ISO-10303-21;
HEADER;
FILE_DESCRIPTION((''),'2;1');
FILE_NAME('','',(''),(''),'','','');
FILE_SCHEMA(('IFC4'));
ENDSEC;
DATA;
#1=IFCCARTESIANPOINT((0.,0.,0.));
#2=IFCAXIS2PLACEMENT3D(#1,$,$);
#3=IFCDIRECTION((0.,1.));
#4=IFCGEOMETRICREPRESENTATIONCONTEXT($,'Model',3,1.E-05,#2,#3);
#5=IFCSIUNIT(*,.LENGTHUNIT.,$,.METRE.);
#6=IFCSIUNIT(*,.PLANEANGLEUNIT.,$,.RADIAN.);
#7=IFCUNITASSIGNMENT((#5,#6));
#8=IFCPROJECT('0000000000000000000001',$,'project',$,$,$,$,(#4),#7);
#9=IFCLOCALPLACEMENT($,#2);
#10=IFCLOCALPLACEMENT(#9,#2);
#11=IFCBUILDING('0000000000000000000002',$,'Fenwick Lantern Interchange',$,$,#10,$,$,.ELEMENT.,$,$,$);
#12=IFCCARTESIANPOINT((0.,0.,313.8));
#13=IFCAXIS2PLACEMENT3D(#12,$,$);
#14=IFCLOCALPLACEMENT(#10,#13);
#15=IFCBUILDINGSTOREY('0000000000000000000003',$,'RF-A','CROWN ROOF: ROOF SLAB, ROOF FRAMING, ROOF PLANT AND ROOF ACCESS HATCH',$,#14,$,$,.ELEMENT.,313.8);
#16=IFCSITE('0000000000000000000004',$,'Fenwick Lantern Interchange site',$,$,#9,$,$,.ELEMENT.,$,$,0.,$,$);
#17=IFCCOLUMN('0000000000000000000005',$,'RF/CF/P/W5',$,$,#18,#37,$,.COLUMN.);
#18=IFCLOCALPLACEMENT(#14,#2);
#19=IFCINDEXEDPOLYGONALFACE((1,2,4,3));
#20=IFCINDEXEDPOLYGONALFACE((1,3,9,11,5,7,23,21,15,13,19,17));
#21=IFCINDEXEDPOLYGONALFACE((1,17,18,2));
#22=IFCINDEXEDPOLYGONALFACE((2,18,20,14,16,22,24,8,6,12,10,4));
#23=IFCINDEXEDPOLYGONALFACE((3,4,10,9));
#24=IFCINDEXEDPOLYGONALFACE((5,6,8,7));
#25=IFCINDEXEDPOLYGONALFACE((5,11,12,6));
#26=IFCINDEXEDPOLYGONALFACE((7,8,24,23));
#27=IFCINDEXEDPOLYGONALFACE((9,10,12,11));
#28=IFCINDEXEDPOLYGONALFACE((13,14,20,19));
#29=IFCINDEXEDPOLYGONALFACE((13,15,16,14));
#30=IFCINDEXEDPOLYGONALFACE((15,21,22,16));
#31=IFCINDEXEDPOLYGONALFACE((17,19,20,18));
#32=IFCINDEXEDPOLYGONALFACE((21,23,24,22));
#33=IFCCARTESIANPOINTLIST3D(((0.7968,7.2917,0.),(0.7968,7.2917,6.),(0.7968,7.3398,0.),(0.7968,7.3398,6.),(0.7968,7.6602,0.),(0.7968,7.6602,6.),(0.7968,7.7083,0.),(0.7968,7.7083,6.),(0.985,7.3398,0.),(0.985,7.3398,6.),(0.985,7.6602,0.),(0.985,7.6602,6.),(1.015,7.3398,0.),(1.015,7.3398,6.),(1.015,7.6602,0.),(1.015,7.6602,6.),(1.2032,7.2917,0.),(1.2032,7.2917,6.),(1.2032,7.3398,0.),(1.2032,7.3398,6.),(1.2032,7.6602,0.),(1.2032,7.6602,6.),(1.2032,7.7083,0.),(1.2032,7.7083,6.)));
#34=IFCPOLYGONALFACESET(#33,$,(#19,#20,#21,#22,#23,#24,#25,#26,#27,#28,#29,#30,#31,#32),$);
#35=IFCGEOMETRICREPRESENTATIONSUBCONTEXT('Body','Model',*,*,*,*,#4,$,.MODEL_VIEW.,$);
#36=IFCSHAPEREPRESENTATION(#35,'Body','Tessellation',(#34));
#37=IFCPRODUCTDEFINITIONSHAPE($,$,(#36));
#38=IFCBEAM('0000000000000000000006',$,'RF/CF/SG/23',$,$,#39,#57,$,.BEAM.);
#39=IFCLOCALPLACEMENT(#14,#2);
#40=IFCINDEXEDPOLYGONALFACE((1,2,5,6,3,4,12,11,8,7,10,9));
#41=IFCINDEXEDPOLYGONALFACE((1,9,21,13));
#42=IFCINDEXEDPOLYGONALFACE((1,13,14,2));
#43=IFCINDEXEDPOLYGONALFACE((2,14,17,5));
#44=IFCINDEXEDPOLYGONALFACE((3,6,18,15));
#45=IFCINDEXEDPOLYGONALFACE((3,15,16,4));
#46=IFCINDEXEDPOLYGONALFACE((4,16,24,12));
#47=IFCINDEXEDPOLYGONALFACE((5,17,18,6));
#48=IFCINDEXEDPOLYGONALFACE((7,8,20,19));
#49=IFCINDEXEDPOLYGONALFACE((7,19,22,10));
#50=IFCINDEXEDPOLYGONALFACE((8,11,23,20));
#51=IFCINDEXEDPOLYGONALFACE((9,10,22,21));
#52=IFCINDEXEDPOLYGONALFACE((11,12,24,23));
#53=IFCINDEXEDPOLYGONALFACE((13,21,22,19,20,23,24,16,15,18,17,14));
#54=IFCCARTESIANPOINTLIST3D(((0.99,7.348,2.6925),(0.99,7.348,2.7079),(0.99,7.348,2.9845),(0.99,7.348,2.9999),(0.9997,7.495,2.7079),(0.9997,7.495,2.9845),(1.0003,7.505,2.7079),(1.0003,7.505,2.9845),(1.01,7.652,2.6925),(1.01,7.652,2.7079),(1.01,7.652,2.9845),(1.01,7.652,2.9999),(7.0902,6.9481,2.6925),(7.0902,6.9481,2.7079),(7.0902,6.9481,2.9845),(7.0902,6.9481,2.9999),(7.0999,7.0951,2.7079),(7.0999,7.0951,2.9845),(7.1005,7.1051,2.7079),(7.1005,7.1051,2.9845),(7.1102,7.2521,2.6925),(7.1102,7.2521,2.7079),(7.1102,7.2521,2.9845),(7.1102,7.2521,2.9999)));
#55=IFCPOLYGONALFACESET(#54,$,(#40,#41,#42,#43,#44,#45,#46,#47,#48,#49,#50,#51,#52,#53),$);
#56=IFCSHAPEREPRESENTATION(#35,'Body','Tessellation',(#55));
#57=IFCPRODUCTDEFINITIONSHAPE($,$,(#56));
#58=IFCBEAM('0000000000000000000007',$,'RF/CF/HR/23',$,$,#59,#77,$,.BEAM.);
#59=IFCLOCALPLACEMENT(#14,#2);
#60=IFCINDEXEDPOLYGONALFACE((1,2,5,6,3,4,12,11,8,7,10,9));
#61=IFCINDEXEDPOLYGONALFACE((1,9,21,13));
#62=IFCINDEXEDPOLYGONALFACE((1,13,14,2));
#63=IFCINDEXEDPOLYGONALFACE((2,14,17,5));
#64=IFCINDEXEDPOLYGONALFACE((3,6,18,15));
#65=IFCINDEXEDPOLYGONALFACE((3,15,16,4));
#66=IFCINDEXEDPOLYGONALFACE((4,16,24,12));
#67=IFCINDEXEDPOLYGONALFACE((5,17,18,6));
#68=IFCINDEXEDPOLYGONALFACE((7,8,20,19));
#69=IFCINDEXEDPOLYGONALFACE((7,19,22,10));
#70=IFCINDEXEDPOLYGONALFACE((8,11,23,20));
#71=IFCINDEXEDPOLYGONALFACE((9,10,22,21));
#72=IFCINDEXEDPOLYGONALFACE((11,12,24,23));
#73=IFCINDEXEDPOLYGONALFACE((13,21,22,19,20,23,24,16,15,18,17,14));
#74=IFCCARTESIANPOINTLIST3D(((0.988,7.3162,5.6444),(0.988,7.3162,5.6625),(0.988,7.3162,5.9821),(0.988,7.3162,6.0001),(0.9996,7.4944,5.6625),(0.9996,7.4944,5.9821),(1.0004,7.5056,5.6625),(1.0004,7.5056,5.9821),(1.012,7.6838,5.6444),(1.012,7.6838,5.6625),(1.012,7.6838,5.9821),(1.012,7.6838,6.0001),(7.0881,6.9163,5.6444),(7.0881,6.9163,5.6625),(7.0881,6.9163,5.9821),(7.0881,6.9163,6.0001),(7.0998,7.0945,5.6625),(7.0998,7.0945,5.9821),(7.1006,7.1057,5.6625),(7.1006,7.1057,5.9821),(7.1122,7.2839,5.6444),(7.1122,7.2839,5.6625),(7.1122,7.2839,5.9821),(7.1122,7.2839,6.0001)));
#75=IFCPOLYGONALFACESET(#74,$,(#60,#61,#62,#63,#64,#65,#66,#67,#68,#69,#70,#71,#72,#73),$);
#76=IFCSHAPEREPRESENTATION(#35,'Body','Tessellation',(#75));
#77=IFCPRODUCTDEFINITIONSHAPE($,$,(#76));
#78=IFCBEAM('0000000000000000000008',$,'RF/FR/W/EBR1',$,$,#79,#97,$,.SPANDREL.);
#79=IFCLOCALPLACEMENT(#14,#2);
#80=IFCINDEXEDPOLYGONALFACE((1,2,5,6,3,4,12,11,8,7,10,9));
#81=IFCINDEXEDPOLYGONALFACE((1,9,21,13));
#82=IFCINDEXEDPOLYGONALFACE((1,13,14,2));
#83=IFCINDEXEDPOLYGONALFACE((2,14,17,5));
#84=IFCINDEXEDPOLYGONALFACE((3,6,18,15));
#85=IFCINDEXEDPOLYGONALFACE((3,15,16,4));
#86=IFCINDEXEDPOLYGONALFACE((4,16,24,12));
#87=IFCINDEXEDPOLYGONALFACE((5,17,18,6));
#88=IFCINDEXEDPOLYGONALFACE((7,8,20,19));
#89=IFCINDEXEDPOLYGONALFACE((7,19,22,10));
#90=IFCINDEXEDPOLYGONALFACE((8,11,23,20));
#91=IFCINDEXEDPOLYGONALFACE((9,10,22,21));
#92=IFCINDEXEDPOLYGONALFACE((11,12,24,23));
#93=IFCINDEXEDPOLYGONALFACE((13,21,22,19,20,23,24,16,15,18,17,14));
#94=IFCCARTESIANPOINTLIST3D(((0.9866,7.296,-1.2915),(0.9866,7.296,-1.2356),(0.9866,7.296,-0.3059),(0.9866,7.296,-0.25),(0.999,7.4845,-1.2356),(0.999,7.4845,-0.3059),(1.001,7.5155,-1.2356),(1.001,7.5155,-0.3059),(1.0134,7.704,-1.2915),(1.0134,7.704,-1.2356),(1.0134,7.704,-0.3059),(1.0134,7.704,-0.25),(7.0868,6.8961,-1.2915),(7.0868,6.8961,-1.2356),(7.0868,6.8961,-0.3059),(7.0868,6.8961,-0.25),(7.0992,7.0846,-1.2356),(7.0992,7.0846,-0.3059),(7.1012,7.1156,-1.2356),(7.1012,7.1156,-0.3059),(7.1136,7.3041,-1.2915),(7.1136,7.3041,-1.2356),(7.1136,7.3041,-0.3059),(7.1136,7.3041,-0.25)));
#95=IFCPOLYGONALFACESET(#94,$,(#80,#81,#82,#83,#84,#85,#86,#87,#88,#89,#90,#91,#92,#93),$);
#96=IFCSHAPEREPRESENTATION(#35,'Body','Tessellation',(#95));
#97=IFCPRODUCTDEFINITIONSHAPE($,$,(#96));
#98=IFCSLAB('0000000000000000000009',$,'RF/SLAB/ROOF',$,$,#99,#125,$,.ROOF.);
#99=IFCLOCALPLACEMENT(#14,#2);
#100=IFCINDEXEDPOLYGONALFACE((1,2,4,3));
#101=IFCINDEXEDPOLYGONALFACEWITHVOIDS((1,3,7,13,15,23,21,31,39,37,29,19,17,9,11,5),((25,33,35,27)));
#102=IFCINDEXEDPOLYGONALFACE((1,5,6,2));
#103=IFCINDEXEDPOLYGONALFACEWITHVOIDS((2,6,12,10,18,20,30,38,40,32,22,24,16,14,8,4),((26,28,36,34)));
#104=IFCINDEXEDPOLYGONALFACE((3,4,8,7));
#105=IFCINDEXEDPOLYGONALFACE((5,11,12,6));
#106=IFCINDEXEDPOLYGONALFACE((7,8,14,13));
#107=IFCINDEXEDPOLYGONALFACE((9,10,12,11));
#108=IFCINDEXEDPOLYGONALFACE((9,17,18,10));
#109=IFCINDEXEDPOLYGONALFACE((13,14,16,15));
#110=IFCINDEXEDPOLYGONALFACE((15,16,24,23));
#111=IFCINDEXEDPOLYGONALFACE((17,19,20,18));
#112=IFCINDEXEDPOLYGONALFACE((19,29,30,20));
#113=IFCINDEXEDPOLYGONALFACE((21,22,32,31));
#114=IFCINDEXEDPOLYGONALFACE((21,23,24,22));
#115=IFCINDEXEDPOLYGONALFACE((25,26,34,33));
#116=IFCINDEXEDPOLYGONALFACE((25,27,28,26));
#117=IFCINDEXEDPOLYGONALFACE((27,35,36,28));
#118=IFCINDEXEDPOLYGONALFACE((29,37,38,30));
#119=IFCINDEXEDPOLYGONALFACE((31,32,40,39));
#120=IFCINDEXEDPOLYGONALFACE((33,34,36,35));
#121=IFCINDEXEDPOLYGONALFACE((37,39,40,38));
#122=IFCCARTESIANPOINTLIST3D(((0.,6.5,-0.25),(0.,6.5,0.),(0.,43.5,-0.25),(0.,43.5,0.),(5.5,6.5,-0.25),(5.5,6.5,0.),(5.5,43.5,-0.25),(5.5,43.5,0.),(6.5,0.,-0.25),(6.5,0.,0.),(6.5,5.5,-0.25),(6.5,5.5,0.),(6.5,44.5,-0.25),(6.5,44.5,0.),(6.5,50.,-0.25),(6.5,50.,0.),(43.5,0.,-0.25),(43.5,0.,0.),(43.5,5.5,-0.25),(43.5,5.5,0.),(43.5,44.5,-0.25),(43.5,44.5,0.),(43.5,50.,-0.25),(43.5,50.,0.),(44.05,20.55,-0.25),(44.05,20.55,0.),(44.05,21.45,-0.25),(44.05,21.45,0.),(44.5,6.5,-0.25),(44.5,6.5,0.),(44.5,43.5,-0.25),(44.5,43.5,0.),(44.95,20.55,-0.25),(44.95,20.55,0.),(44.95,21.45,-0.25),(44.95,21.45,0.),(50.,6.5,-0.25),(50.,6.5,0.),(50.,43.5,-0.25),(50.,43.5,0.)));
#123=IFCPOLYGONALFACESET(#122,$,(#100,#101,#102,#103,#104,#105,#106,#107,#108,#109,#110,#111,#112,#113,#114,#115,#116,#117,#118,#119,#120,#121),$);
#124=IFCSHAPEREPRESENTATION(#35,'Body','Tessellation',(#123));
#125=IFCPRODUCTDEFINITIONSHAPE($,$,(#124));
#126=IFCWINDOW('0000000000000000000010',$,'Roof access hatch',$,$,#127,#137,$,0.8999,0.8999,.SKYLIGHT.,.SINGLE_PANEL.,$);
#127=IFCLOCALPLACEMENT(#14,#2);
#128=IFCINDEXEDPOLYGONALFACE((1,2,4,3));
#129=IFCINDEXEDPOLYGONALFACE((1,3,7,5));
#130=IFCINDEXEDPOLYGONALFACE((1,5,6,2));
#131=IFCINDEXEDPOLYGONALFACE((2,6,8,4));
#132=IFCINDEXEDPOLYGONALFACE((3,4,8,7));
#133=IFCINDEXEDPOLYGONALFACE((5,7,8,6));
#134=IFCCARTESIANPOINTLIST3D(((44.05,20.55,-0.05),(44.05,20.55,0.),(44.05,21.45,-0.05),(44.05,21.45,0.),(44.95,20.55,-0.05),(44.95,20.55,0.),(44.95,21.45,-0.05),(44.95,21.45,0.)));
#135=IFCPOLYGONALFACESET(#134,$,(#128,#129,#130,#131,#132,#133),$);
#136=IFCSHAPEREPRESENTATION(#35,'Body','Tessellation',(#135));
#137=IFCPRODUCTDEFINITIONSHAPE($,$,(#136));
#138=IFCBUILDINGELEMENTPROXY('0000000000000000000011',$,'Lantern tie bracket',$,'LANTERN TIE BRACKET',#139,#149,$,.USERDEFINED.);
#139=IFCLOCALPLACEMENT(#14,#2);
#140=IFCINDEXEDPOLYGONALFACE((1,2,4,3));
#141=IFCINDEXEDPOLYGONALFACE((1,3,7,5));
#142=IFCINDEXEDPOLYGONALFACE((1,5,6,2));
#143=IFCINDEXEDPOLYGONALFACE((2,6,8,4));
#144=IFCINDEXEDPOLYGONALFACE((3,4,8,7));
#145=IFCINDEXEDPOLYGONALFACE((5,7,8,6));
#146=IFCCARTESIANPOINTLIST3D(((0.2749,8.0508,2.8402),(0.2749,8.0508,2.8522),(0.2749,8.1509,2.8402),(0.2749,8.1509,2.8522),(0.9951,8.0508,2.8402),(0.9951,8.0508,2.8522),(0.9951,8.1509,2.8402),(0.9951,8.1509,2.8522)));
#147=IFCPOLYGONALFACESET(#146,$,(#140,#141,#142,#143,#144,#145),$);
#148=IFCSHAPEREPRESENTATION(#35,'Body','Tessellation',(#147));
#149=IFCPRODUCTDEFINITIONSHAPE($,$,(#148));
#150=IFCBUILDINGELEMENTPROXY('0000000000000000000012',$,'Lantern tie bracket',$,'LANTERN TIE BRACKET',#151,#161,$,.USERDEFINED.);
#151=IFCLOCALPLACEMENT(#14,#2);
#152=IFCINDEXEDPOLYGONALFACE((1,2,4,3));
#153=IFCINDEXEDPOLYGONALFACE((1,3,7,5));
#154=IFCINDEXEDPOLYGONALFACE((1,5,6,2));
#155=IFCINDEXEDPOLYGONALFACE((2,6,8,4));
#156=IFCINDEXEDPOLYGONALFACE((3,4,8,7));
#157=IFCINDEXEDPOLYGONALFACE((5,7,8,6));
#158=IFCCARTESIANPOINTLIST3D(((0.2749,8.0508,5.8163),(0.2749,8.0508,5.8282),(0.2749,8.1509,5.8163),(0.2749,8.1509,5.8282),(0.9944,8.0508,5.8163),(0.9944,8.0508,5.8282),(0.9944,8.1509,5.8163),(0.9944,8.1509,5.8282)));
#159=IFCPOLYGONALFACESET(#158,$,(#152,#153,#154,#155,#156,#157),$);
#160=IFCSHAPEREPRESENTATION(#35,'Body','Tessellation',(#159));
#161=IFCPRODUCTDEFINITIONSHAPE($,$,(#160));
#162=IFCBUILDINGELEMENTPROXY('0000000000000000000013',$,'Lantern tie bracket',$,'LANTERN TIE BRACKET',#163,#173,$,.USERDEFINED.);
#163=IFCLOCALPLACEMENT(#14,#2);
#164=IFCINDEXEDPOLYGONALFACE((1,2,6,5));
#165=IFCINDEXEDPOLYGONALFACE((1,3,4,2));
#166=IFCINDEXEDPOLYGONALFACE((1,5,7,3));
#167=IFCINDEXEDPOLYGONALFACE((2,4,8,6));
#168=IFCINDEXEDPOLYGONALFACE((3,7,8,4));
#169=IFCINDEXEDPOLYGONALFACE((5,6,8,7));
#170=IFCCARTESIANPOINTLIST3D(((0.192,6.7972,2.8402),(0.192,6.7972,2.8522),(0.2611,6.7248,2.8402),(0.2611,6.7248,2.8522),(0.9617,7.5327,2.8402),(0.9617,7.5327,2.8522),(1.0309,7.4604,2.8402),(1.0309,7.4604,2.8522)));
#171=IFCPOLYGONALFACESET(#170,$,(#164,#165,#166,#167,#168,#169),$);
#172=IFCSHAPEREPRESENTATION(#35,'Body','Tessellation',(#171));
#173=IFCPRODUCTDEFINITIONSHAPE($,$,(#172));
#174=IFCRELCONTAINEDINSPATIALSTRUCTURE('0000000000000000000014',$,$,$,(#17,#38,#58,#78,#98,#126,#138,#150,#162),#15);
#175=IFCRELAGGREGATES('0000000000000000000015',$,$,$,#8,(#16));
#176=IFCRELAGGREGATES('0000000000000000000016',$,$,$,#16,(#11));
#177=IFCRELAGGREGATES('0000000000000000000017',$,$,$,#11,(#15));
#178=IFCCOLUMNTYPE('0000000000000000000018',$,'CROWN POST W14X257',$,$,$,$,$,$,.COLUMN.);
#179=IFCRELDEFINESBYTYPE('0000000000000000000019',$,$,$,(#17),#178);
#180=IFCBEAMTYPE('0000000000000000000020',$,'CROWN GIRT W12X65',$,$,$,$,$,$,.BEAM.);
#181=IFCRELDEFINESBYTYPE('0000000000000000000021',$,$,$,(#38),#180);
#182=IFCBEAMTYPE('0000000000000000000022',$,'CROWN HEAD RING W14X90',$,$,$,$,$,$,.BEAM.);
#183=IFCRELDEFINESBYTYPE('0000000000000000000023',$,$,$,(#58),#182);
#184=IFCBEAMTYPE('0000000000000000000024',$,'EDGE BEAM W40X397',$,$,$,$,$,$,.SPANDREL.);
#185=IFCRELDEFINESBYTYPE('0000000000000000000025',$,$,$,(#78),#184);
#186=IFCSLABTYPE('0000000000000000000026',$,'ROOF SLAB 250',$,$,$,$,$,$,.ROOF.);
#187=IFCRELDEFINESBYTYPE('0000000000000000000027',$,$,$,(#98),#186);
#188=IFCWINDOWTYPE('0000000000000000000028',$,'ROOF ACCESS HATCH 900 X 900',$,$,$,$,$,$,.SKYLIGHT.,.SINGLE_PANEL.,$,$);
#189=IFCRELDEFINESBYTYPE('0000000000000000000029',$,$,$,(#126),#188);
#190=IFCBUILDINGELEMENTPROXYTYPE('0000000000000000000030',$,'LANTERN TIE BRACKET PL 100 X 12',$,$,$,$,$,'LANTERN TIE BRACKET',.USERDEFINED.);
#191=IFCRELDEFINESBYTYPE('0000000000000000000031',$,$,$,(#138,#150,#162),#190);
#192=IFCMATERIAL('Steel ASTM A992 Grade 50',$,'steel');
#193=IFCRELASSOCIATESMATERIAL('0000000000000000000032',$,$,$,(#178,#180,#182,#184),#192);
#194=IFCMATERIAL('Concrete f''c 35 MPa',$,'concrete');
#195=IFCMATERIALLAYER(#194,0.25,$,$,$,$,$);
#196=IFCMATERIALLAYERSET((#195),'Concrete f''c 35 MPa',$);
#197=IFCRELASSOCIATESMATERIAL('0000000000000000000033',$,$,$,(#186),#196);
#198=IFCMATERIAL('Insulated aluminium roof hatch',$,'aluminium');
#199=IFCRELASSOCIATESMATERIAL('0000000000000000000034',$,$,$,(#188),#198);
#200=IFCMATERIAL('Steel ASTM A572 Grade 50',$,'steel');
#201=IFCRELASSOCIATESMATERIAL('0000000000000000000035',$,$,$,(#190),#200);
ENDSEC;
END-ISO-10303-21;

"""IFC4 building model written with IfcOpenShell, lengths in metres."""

from ifc_helpers import new_model, si_unit, direction, frame, origin, origin_2d, place, context, subcontext, project, spatial, polyline, rectangle, i_section, outline, extrude, material, layer, layer_set, material_profile, profile_set, type_object, element, fill, save


model = new_model("IFC4")

# Units and contexts
model_context = context("Model", 3, precision=1e-05, world=origin(), true_north=direction((0.0, 1.0)))
body_context = subcontext(model_context, "Body", "Model", "MODEL_VIEW")
ifc_project = project(units=[si_unit("LENGTHUNIT", "METRE"), si_unit("PLANEANGLEUNIT", "RADIAN")], contexts=[model_context])

# Site, building, storey
site_placement = place(None, origin())
site = spatial("IfcSite", under=ifc_project, at=site_placement, Name="Fenwick Lantern Interchange site", CompositionType="ELEMENT", RefElevation=0.0)
building_placement = place(site_placement, origin())
building = spatial("IfcBuilding", under=site, at=building_placement, Name="Fenwick Lantern Interchange", CompositionType="ELEMENT")
storey_placement = place(building_placement, frame((0.0, 0.0, 313.8)))
storey = spatial("IfcBuildingStorey", under=building, at=storey_placement, Name="RF-A", Description="CROWN ROOF: ROOF SLAB, ROOF FRAMING, ROOF PLANT AND ROOF ACCESS HATCH", CompositionType="ELEMENT", Elevation=313.8)

# Column
ifc_material_1 = material(Name="Steel ASTM A992 Grade 50", Category="steel")
ifc_material_profile_1 = material_profile(ifc_material_1, i_section(OverallWidth=0.4065, OverallDepth=0.4165, WebThickness=0.03, FlangeThickness=0.0481, at=origin_2d()), Name="W14X257")
ifc_profile_set_1 = profile_set([ifc_material_profile_1], Name="Steel ASTM A992 Grade 50")
column_type = type_object("IfcColumnType", Name="CROWN POST W14X257", PredefinedType="COLUMN", material=ifc_profile_set_1)
column_placement = place(storey_placement, frame((1.0, 7.5, 0.0), z_axis=(0.0, 0.0, 1.0), x_axis=(1.0, 0.0, 0.0)))
element("IfcColumn", 1, at=column_placement, inside=storey, type_object=column_type, Name="RF/CF/P/W5", PredefinedType="COLUMN", context=body_context, shape_type="SweptSolid", body=[
    extrude(i_section(OverallWidth=0.4065, OverallDepth=0.4165, WebThickness=0.03, FlangeThickness=0.0481, at=origin_2d()), origin(), (0.0, 0.0, 1.0), 6.0),
])

# Beams
ifc_material_profile_2 = material_profile(ifc_material_1, i_section(OverallWidth=0.3047, OverallDepth=0.3074, WebThickness=0.01, FlangeThickness=0.0154, at=origin_2d()), Name="W12X65")
ifc_profile_set_2 = profile_set([ifc_material_profile_2], Name="Steel ASTM A992 Grade 50")
beam_type_1 = type_object("IfcBeamType", Name="CROWN GIRT W12X65", PredefinedType="BEAM", material=ifc_profile_set_2)
beam_1_placement = place(storey_placement, frame((1.0, 7.5, 2.8462), z_axis=(0.997858, -0.065416, 0.0), x_axis=(0.065416, 0.997858, 0.0)))
element("IfcBeam", 2, at=beam_1_placement, inside=storey, type_object=beam_type_1, Name="RF/CF/SG/23", PredefinedType="BEAM", context=body_context, shape_type="SweptSolid", body=[
    extrude(i_section(OverallWidth=0.3047, OverallDepth=0.3074, WebThickness=0.01, FlangeThickness=0.0154, at=origin_2d()), origin(), (0.0, 0.0, 1.0), 6.1133),
])
ifc_material_profile_3 = material_profile(ifc_material_1, i_section(OverallWidth=0.3684, OverallDepth=0.3557, WebThickness=0.0112, FlangeThickness=0.0181, at=origin_2d()), Name="W14X90")
ifc_profile_set_3 = profile_set([ifc_material_profile_3], Name="Steel ASTM A992 Grade 50")
beam_type_2 = type_object("IfcBeamType", Name="CROWN HEAD RING W14X90", PredefinedType="BEAM", material=ifc_profile_set_3)
beam_2_placement = place(storey_placement, frame((1.0, 7.5, 5.8223), z_axis=(0.997858, -0.065416, 0.0), x_axis=(0.065416, 0.997858, 0.0)))
element("IfcBeam", 3, at=beam_2_placement, inside=storey, type_object=beam_type_2, Name="RF/CF/HR/23", PredefinedType="BEAM", context=body_context, shape_type="SweptSolid", body=[
    extrude(i_section(OverallWidth=0.3684, OverallDepth=0.3557, WebThickness=0.0112, FlangeThickness=0.0181, at=origin_2d()), origin(), (0.0, 0.0, 1.0), 6.1133),
])
ifc_material_profile_4 = material_profile(ifc_material_1, i_section(OverallWidth=0.4089, OverallDepth=1.0415, WebThickness=0.031, FlangeThickness=0.0559, at=origin_2d()), Name="W40X397")
ifc_profile_set_4 = profile_set([ifc_material_profile_4], Name="Steel ASTM A992 Grade 50")
beam_type_3 = type_object("IfcBeamType", Name="EDGE BEAM W40X397", PredefinedType="SPANDREL", material=ifc_profile_set_4)
beam_3_placement = place(storey_placement, frame((1.0, 7.5, -0.7708), z_axis=(0.997858, -0.065416, 0.0), x_axis=(0.065416, 0.997858, 0.0)))
element("IfcBeam", 4, at=beam_3_placement, inside=storey, type_object=beam_type_3, Name="RF/FR/W/EBR1", PredefinedType="SPANDREL", context=body_context, shape_type="SweptSolid", body=[
    extrude(i_section(OverallWidth=0.4089, OverallDepth=1.0415, WebThickness=0.031, FlangeThickness=0.0559, at=origin_2d()), origin(), (0.0, 0.0, 1.0), 6.1133),
])

# Slab, opening, window
ifc_material_2 = material(Name="Concrete f'c 35 MPa", Category="concrete")
ifc_layer = layer(ifc_material_2, 0.25)
ifc_layer_set = layer_set([ifc_layer], Name="Concrete f'c 35 MPa")
slab_type = type_object("IfcSlabType", Name="ROOF SLAB 250", PredefinedType="ROOF", material=ifc_layer_set)
slab_placement = place(storey_placement, frame((0.0, 0.0, -0.25)))
slab = element("IfcSlab", 5, at=slab_placement, inside=storey, type_object=slab_type, Name="RF/SLAB/ROOF", PredefinedType="ROOF", context=body_context, shape_type="SweptSolid", body=[
    extrude(outline(polyline([(6.5, 0.0), (43.5, 0.0), (43.5, 5.5), (44.5, 6.5), (50.0, 6.5), (50.0, 43.5), (44.5, 43.5), (43.5, 44.5), (43.5, 50.0), (6.5, 50.0), (6.5, 44.5), (5.5, 43.5), (0.0, 43.5), (0.0, 6.5), (5.5, 6.5), (6.5, 5.5), (6.5, 0.0)])), origin(), (0.0, 0.0, 1.0), 0.25),
])
opening_placement = place(slab_placement, frame((44.5, 21.0, 0.0)))
opening = element("IfcOpeningElement", 6, at=opening_placement, cuts=slab, PredefinedType="OPENING", context=body_context, shape_type="SweptSolid", body=[
    extrude(rectangle(XDim=0.8999, YDim=0.8999, at=origin_2d()), origin(), (0.0, 0.0, 1.0), 0.25),
])
ifc_material_3 = material(Name="Insulated aluminium roof hatch", Category="aluminium")
window_type = type_object("IfcWindowType", Name="ROOF ACCESS HATCH 900 X 900", PartitioningType="SINGLE_PANEL", PredefinedType="SKYLIGHT", material=ifc_material_3)
window_placement = place(opening_placement, frame((0.0, 0.0, 0.2)))
window = element("IfcWindow", 7, at=window_placement, inside=storey, type_object=window_type, Name="Roof access hatch", OverallHeight=0.8999, OverallWidth=0.8999, PartitioningType="SINGLE_PANEL", PredefinedType="SKYLIGHT", context=body_context, shape_type="SweptSolid", body=[
    extrude(rectangle(XDim=0.8999, YDim=0.8999, at=origin_2d()), origin(), (0.0, 0.0, 1.0), 0.05),
])
fill(opening, window)

# Building element proxies
ifc_material_4 = material(Name="Steel ASTM A572 Grade 50", Category="steel")
ifc_material_profile_5 = material_profile(ifc_material_4, rectangle(XDim=0.1001, YDim=0.012, at=origin_2d()), Name="PL100X12")
ifc_profile_set_5 = profile_set([ifc_material_profile_5], Name="Steel ASTM A572 Grade 50")
building_element_proxy_type = type_object("IfcBuildingElementProxyType", Name="LANTERN TIE BRACKET PL 100 X 12", ElementType="LANTERN TIE BRACKET", PredefinedType="USERDEFINED", material=ifc_profile_set_5)
proxy_1_placement = place(storey_placement, frame((0.2749, 8.1008, 2.8462), z_axis=(1.0, 0.0, 0.0), x_axis=(0.0, 1.0, 0.0)))
element("IfcBuildingElementProxy", 8, at=proxy_1_placement, inside=storey, type_object=building_element_proxy_type, Name="Lantern tie bracket", ObjectType="LANTERN TIE BRACKET", PredefinedType="USERDEFINED", context=body_context, shape_type="SweptSolid", body=[
    extrude(rectangle(XDim=0.1001, YDim=0.012, at=origin_2d()), origin(), (0.0, 0.0, 1.0), 0.7202),
])
proxy_2_placement = place(storey_placement, frame((0.2749, 8.1008, 5.8223), z_axis=(1.0, 0.0, 0.0), x_axis=(0.0, 1.0, 0.0)))
element("IfcBuildingElementProxy", 9, at=proxy_2_placement, inside=storey, type_object=building_element_proxy_type, Name="Lantern tie bracket", ObjectType="LANTERN TIE BRACKET", PredefinedType="USERDEFINED", context=body_context, shape_type="SweptSolid", body=[
    extrude(rectangle(XDim=0.1001, YDim=0.012, at=origin_2d()), origin(), (0.0, 0.0, 1.0), 0.7195),
])
proxy_3_placement = place(storey_placement, frame((0.2266, 6.761, 2.8462), z_axis=(0.722975, 0.690874, 0.0), x_axis=(-0.690874, 0.722975, 0.0)))
element("IfcBuildingElementProxy", 10, at=proxy_3_placement, inside=storey, type_object=building_element_proxy_type, Name="Lantern tie bracket", ObjectType="LANTERN TIE BRACKET", PredefinedType="USERDEFINED", context=body_context, shape_type="SweptSolid", body=[
    extrude(rectangle(XDim=0.1001, YDim=0.012, at=origin_2d()), origin(), (0.0, 0.0, 1.0), 1.0647),
])

save(model, "model.ifc")
